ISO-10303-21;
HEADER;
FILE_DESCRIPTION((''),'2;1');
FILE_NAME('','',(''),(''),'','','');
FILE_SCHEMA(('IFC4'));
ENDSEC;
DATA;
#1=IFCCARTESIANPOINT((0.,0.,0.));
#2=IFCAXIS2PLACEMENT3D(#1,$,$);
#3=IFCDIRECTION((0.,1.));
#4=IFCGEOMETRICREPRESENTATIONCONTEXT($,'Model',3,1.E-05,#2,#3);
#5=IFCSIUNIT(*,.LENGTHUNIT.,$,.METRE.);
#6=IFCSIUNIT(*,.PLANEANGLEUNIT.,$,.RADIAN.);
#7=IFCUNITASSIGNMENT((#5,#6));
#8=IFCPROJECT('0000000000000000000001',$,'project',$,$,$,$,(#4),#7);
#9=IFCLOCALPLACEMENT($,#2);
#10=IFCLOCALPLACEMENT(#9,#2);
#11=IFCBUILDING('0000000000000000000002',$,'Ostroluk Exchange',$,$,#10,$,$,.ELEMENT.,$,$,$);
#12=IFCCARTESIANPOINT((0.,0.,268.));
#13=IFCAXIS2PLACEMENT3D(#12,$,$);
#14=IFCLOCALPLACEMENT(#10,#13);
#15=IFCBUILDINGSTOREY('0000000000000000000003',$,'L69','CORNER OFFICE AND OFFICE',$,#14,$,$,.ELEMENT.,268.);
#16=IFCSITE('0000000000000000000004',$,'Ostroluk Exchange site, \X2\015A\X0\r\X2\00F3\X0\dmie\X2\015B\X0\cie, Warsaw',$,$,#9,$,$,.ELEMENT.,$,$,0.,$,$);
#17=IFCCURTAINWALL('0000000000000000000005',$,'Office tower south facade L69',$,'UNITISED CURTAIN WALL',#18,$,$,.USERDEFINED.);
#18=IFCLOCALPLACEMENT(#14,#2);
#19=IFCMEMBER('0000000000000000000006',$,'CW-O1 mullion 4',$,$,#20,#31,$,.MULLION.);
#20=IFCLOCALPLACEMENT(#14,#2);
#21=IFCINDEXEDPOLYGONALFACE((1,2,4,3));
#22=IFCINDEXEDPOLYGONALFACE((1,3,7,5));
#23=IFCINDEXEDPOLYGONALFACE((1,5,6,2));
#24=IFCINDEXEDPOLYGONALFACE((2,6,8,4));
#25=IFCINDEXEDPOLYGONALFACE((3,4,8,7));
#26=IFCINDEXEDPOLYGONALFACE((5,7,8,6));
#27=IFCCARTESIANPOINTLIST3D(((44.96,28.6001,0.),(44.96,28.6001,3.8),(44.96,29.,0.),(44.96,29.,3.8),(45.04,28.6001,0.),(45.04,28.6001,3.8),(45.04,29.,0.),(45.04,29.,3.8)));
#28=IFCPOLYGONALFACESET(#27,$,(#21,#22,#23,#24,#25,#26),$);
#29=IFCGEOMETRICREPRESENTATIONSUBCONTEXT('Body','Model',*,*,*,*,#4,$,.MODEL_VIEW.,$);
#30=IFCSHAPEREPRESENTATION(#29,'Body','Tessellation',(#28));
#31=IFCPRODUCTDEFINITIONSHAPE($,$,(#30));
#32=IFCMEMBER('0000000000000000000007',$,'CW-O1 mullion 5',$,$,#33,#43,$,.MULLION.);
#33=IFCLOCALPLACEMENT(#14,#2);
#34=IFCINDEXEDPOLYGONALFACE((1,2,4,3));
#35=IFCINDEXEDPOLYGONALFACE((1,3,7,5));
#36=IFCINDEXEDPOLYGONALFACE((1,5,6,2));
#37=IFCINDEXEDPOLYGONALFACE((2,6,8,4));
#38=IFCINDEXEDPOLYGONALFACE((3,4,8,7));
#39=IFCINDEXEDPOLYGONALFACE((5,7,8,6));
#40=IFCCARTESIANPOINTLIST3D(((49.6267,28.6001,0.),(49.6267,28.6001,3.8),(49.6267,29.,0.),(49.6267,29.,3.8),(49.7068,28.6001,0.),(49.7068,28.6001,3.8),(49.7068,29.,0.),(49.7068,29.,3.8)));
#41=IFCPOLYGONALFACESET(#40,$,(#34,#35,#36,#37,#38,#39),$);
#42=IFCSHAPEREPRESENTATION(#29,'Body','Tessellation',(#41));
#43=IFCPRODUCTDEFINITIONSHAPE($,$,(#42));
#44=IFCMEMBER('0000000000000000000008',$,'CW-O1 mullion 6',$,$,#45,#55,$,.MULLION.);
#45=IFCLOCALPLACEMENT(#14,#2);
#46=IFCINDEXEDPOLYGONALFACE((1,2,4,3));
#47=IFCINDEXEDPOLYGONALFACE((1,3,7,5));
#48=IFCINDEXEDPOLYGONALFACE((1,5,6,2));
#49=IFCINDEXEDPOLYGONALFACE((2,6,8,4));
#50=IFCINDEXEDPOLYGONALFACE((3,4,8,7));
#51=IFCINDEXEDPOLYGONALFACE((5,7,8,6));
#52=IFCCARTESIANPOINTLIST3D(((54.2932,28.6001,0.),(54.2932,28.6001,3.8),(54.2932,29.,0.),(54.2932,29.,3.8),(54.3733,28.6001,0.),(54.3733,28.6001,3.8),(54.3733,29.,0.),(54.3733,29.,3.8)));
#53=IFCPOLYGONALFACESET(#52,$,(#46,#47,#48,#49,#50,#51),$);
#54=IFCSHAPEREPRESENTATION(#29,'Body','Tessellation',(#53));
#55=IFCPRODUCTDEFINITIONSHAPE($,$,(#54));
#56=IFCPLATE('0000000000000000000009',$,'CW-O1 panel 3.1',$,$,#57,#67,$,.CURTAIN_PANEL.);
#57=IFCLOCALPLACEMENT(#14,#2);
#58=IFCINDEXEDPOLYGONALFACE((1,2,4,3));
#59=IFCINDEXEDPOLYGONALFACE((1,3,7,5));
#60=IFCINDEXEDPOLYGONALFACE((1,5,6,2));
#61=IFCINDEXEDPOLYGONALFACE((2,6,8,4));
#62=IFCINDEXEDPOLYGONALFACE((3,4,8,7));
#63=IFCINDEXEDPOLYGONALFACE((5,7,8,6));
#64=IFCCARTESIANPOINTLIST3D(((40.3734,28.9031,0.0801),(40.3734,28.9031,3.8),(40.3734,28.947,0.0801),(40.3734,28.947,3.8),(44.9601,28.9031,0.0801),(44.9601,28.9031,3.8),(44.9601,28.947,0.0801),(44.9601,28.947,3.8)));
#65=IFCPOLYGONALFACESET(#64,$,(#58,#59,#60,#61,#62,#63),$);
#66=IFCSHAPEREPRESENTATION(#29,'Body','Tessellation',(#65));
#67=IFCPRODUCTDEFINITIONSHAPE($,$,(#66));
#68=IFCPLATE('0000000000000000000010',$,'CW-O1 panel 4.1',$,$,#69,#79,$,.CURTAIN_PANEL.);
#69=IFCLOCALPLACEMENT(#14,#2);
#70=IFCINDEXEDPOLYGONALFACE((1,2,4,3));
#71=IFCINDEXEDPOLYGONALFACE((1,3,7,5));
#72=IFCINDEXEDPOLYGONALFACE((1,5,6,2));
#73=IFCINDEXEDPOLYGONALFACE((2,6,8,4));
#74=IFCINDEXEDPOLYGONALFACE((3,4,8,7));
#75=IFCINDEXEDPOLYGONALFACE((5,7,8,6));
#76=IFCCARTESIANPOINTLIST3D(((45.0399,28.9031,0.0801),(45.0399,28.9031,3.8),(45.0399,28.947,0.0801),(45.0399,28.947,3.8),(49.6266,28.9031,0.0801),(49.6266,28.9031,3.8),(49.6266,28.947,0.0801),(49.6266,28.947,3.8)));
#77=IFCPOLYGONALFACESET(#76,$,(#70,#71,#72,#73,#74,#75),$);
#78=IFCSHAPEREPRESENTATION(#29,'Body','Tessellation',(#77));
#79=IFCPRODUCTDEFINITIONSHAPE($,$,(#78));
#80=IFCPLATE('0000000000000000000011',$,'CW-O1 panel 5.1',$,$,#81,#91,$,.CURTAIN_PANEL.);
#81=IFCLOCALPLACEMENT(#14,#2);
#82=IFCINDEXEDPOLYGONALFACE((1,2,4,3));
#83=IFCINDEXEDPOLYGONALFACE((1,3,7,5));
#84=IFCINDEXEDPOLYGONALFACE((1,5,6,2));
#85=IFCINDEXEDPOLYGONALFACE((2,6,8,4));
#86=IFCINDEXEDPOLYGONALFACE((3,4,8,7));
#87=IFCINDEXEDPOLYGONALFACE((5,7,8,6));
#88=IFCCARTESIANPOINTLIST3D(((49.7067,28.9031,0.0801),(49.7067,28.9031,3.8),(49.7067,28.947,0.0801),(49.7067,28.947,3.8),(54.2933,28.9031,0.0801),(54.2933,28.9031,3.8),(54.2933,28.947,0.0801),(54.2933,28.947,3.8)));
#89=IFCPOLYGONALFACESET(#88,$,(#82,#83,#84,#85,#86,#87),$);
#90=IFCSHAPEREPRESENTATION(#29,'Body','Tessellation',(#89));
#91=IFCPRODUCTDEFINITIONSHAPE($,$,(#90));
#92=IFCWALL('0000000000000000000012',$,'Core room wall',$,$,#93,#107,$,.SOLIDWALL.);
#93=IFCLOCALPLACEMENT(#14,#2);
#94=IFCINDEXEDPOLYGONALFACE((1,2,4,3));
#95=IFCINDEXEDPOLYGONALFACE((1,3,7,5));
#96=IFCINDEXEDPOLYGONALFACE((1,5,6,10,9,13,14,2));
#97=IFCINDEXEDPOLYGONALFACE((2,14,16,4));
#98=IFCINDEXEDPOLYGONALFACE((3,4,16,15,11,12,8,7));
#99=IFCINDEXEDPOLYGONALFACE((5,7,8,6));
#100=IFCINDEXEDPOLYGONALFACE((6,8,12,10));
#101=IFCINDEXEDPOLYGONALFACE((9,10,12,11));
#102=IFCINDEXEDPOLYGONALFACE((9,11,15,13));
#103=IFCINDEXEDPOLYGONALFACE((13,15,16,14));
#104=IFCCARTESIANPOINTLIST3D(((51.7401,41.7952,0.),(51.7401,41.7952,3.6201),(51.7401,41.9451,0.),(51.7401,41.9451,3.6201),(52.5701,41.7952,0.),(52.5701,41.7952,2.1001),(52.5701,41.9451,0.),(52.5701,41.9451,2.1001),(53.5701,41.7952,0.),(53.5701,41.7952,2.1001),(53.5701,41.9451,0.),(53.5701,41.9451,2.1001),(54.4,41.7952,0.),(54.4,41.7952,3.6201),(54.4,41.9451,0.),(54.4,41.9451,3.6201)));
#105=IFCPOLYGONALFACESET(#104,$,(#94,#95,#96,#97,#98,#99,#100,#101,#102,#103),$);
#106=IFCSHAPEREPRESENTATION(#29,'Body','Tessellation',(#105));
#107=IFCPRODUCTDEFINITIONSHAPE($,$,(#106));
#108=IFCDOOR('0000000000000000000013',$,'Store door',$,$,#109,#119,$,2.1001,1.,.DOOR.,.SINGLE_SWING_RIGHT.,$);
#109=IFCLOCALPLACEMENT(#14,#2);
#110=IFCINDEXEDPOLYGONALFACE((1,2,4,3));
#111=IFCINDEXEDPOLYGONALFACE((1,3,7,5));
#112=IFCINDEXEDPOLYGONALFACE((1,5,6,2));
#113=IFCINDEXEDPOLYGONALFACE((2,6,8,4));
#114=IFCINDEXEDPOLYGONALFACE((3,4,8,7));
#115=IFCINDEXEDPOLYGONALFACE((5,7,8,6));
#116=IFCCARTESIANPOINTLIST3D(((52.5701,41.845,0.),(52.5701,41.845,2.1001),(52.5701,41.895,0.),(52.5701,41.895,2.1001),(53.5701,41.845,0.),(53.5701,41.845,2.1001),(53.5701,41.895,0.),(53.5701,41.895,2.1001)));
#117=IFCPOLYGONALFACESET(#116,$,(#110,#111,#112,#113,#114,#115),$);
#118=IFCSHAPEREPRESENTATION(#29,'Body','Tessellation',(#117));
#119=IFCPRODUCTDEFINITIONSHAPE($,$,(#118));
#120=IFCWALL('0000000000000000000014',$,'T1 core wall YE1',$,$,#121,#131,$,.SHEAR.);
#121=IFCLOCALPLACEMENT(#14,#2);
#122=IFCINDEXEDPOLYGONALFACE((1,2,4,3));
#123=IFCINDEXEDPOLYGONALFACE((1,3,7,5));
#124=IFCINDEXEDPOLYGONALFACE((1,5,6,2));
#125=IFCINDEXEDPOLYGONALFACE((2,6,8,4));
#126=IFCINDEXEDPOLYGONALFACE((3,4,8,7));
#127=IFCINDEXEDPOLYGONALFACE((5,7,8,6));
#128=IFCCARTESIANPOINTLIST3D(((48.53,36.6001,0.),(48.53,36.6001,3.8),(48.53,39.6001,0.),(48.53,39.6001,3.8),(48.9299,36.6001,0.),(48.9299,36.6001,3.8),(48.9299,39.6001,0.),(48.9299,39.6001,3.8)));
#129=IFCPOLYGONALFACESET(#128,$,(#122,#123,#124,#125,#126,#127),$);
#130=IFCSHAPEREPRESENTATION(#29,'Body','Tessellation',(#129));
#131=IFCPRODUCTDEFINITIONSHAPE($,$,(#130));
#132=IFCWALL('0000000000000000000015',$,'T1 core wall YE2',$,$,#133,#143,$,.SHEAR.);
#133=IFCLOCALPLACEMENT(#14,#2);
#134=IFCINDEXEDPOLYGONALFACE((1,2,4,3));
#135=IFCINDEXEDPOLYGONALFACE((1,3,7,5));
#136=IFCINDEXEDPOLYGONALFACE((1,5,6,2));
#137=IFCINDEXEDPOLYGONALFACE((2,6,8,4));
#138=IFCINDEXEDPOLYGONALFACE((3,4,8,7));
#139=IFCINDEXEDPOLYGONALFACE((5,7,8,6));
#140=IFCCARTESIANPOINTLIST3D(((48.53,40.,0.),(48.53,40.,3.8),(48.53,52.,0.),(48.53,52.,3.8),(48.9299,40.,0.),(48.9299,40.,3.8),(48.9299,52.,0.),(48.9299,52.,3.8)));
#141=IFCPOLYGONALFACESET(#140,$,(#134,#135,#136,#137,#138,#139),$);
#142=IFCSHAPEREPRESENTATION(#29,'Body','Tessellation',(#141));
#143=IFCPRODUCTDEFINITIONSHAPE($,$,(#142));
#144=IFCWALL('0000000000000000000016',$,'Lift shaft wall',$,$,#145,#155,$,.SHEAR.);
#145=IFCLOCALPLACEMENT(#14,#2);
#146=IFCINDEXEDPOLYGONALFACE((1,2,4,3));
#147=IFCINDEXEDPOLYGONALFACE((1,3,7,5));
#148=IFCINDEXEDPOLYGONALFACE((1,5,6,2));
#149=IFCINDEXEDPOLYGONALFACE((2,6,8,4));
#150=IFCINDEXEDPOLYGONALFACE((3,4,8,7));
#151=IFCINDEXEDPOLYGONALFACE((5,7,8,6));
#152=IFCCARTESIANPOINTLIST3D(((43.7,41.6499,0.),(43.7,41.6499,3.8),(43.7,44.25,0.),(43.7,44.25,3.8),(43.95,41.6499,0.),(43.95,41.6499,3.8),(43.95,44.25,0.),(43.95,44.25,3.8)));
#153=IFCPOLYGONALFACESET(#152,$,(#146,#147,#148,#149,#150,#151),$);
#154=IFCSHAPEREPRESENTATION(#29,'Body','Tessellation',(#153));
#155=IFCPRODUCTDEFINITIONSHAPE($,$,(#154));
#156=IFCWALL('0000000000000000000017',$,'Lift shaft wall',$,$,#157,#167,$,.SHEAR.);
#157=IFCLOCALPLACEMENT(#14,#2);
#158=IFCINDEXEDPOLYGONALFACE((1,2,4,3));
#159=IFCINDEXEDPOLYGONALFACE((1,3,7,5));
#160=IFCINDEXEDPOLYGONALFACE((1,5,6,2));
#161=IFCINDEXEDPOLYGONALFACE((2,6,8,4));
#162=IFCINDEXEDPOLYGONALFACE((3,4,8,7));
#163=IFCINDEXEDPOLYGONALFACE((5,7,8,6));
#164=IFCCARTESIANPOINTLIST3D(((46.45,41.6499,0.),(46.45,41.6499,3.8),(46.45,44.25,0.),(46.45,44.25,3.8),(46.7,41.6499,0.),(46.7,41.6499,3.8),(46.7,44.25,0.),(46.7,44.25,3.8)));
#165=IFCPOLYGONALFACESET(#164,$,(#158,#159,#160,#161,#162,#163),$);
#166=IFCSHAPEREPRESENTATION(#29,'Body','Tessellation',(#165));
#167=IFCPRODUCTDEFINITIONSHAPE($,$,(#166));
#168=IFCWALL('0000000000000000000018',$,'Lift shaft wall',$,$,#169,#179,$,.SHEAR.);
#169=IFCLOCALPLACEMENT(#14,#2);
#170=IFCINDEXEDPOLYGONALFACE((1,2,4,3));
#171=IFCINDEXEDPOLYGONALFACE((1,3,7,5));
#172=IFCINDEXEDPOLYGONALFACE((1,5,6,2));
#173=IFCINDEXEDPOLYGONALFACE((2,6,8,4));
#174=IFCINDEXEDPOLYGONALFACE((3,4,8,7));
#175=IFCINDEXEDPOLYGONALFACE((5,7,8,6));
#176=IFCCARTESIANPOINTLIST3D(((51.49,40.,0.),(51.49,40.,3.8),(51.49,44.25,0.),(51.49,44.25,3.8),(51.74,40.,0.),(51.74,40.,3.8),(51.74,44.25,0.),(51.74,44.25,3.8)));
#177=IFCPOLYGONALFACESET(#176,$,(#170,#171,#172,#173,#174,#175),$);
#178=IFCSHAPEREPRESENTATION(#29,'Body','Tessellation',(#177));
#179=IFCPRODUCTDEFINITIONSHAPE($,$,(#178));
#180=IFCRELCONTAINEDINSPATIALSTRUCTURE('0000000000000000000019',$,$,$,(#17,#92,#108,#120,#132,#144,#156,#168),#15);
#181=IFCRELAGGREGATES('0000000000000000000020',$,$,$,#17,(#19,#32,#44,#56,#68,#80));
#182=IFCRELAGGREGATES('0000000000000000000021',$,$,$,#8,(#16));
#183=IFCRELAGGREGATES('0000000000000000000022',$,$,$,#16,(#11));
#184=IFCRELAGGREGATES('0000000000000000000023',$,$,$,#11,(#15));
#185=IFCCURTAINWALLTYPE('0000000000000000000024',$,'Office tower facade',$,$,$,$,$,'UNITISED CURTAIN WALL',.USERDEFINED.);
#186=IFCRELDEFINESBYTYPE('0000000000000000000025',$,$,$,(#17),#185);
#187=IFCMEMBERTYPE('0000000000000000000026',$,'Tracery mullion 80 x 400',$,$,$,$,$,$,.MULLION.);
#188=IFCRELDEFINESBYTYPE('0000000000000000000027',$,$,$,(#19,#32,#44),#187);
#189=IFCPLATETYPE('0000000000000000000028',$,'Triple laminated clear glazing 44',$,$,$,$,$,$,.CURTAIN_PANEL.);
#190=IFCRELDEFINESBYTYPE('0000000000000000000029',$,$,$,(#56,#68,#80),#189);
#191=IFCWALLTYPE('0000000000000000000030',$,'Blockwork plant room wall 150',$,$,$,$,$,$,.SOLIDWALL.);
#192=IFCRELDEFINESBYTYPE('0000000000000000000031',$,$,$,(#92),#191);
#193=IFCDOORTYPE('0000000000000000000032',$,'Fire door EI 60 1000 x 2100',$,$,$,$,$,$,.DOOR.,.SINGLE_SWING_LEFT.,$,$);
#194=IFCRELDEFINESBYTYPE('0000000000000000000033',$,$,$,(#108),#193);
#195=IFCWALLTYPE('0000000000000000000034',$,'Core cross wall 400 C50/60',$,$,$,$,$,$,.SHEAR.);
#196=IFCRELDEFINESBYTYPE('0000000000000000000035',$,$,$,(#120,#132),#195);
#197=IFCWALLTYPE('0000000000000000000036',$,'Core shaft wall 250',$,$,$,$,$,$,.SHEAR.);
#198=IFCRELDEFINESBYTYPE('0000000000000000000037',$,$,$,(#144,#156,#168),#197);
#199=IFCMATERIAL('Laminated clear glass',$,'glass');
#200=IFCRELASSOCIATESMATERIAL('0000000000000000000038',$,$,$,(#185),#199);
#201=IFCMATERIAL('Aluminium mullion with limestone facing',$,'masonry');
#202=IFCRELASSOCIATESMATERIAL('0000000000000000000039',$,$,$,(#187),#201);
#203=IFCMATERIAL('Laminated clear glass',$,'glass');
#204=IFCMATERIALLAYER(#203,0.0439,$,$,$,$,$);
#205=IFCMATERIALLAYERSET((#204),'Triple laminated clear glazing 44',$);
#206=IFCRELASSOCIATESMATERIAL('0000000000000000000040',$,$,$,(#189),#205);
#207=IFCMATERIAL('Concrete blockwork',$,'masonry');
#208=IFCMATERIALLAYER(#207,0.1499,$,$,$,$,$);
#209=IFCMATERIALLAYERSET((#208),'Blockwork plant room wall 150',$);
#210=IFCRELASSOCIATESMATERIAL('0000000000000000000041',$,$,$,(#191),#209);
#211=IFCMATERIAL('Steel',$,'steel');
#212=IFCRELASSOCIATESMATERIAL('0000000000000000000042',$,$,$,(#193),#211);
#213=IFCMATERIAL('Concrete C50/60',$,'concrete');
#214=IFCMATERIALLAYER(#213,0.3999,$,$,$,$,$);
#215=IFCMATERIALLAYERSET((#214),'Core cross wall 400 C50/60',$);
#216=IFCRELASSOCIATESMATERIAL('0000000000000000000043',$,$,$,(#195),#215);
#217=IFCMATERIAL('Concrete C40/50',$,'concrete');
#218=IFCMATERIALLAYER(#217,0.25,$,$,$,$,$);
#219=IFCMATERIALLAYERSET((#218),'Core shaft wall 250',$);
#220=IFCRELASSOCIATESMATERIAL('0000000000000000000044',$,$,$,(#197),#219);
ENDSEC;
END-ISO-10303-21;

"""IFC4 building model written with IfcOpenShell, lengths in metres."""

from ifc_helpers import new_model, si_unit, direction, frame, frame_2d, origin, origin_2d, place, context, subcontext, project, spatial, rectangle, extrude, material, layer, layer_set, material_profile, profile_set, type_object, element, fill, aggregate, save


model = new_model("IFC4")

# Units and contexts
model_context = context("Model", 3, precision=1e-05, world=origin(), true_north=direction((0.0, 1.0)))
body_context = subcontext(model_context, "Body", "Model", "MODEL_VIEW")
ifc_project = project(units=[si_unit("LENGTHUNIT", "METRE"), si_unit("PLANEANGLEUNIT", "RADIAN")], contexts=[model_context])

# Site, building, storey
site_placement = place(None, origin())
site = spatial("IfcSite", under=ifc_project, at=site_placement, Name="Ostroluk Exchange site, Śródmieście, Warsaw", CompositionType="ELEMENT", RefElevation=0.0)
building_placement = place(site_placement, origin())
building = spatial("IfcBuilding", under=site, at=building_placement, Name="Ostroluk Exchange", CompositionType="ELEMENT")
storey_placement = place(building_placement, frame((0.0, 0.0, 268.0)))
storey = spatial("IfcBuildingStorey", under=building, at=storey_placement, Name="L69", Description="CORNER OFFICE AND OFFICE", CompositionType="ELEMENT", Elevation=268.0)

# Curtain wall, members, plates
ifc_material_1 = material(Name="Laminated clear glass", Category="glass")
curtain_wall_type = type_object("IfcCurtainWallType", Name="Office tower facade", ElementType="UNITISED CURTAIN WALL", PredefinedType="USERDEFINED", material=ifc_material_1)
curtain_wall_placement = place(storey_placement, origin())
curtain_wall = element("IfcCurtainWall", 1, at=curtain_wall_placement, inside=storey, type_object=curtain_wall_type, Name="Office tower south facade L69", ObjectType="UNITISED CURTAIN WALL", PredefinedType="USERDEFINED")
ifc_material_2 = material(Name="Aluminium mullion with limestone facing", Category="masonry")
ifc_material_profile_1 = material_profile(ifc_material_2, rectangle(XDim=0.3999, YDim=0.0801, at=origin_2d()), Name="Tracery mullion 80 x 400")
ifc_profile_set_1 = profile_set([ifc_material_profile_1], Name="Aluminium mullion with limestone facing")
member_type_1 = type_object("IfcMemberType", Name="Tracery mullion 80 x 400", PredefinedType="MULLION", material=ifc_profile_set_1)
member_1_placement = place(storey_placement, frame((45.0, 28.8, 0.0), z_axis=(0.0, 0.0, 1.0), x_axis=(0.0, 1.0, 0.0)))
member_1 = element("IfcMember", 2, at=member_1_placement, type_object=member_type_1, Name="CW-O1 mullion 4", PredefinedType="MULLION", context=body_context, shape_type="SweptSolid", body=[
    extrude(rectangle(XDim=0.3999, YDim=0.0801, at=origin_2d()), origin(), (0.0, 0.0, 1.0), 3.8),
])
member_2_placement = place(storey_placement, frame((49.6667, 28.8, 0.0), z_axis=(0.0, 0.0, 1.0), x_axis=(0.0, 1.0, 0.0)))
member_2 = element("IfcMember", 3, at=member_2_placement, type_object=member_type_1, Name="CW-O1 mullion 5", PredefinedType="MULLION", context=body_context, shape_type="SweptSolid", body=[
    extrude(rectangle(XDim=0.3999, YDim=0.0801, at=origin_2d()), origin(), (0.0, 0.0, 1.0), 3.8),
])
member_3_placement = place(storey_placement, frame((54.3333, 28.8, 0.0), z_axis=(0.0, 0.0, 1.0), x_axis=(0.0, 1.0, 0.0)))
member_3 = element("IfcMember", 4, at=member_3_placement, type_object=member_type_1, Name="CW-O1 mullion 6", PredefinedType="MULLION", context=body_context, shape_type="SweptSolid", body=[
    extrude(rectangle(XDim=0.3999, YDim=0.0801, at=origin_2d()), origin(), (0.0, 0.0, 1.0), 3.8),
])
ifc_material_3 = material(Name="Laminated clear glass", Category="glass")
ifc_layer_1 = layer(ifc_material_3, 0.0439)
ifc_layer_set_1 = layer_set([ifc_layer_1], Name="Triple laminated clear glazing 44")
plate_type = type_object("IfcPlateType", Name="Triple laminated clear glazing 44", PredefinedType="CURTAIN_PANEL", material=ifc_layer_set_1)
plate_1_placement = place(storey_placement, frame((42.6667, 28.925, 0.0801), z_axis=(0.0, 0.0, 1.0), x_axis=(1.0, 0.0, 0.0)))
plate_1 = element("IfcPlate", 5, at=plate_1_placement, type_object=plate_type, Name="CW-O1 panel 3.1", PredefinedType="CURTAIN_PANEL", context=body_context, shape_type="SweptSolid", body=[
    extrude(rectangle(XDim=4.5867, YDim=0.0439, at=origin_2d()), origin(), (0.0, 0.0, 1.0), 3.72),
])
plate_2_placement = place(storey_placement, frame((47.3333, 28.925, 0.0801), z_axis=(0.0, 0.0, 1.0), x_axis=(1.0, 0.0, 0.0)))
plate_2 = element("IfcPlate", 6, at=plate_2_placement, type_object=plate_type, Name="CW-O1 panel 4.1", PredefinedType="CURTAIN_PANEL", context=body_context, shape_type="SweptSolid", body=[
    extrude(rectangle(XDim=4.5867, YDim=0.0439, at=origin_2d()), origin(), (0.0, 0.0, 1.0), 3.72),
])
plate_3_placement = place(storey_placement, frame((52.0, 28.925, 0.0801), z_axis=(0.0, 0.0, 1.0), x_axis=(1.0, 0.0, 0.0)))
plate_3 = element("IfcPlate", 7, at=plate_3_placement, type_object=plate_type, Name="CW-O1 panel 5.1", PredefinedType="CURTAIN_PANEL", context=body_context, shape_type="SweptSolid", body=[
    extrude(rectangle(XDim=4.5867, YDim=0.0439, at=origin_2d()), origin(), (0.0, 0.0, 1.0), 3.72),
])
aggregate(curtain_wall, [member_1, member_2, member_3, plate_1, plate_2, plate_3])

# Wall, opening, door
ifc_material_4 = material(Name="Concrete blockwork", Category="masonry")
ifc_layer_2 = layer(ifc_material_4, 0.1499)
ifc_layer_set_2 = layer_set([ifc_layer_2], Name="Blockwork plant room wall 150")
wall_type_1 = type_object("IfcWallType", Name="Blockwork plant room wall 150", PredefinedType="SOLIDWALL", material=ifc_layer_set_2)
wall_1_placement = place(storey_placement, frame((51.74, 41.8701, 0.0), z_axis=(0.0, 0.0, 1.0), x_axis=(1.0, 0.0, 0.0)))
wall_1 = element("IfcWall", 8, at=wall_1_placement, inside=storey, type_object=wall_type_1, Name="Core room wall", PredefinedType="SOLIDWALL", context=body_context, shape_type="SweptSolid", body=[
    extrude(rectangle(XDim=2.6599, YDim=0.1499, at=frame_2d((1.3301, 0.0))), origin(), (0.0, 0.0, 1.0), 3.6201),
])
opening_1_placement = place(wall_1_placement, frame((0.8301, 0.0, 0.0)))
opening_1 = element("IfcOpeningElement", 9, at=opening_1_placement, cuts=wall_1, PredefinedType="OPENING", context=body_context, shape_type="SweptSolid", body=[
    extrude(rectangle(XDim=1.0, YDim=2.1001, at=frame_2d((0.5, 1.05))), frame((0.0, 0.085, 0.0), z_axis=(0.0, -1.0, 0.0), x_axis=(1.0, 0.0, 0.0)), (0.0, 0.0, 1.0), 0.1699),
])
ifc_material_5 = material(Name="Steel", Category="steel")
door_type_1 = type_object("IfcDoorType", Name="Fire door EI 60 1000 x 2100", OperationType="SINGLE_SWING_LEFT", PredefinedType="DOOR", material=ifc_material_5)
door_1_placement = place(opening_1_placement, origin())
door_1 = element("IfcDoor", 10, at=door_1_placement, inside=storey, type_object=door_type_1, Name="Store door", OperationType="SINGLE_SWING_RIGHT", OverallHeight=2.1001, OverallWidth=1.0, PredefinedType="DOOR", context=body_context, shape_type="SweptSolid", body=[
    extrude(rectangle(XDim=1.0, YDim=2.1001, at=frame_2d((0.5, 1.05))), frame((0.0, 0.0249, 0.0), z_axis=(0.0, -1.0, 0.0), x_axis=(1.0, 0.0, 0.0)), (0.0, 0.0, 1.0), 0.05),
])
fill(opening_1, door_1)

# Walls
ifc_material_6 = material(Name="Concrete C50/60", Category="concrete")
ifc_layer_3 = layer(ifc_material_6, 0.3999)
ifc_layer_set_3 = layer_set([ifc_layer_3], Name="Core cross wall 400 C50/60")
wall_type_2 = type_object("IfcWallType", Name="Core cross wall 400 C50/60", PredefinedType="SHEAR", material=ifc_layer_set_3)
wall_2_placement = place(storey_placement, frame((48.73, 36.6001, 0.0), z_axis=(0.0, 0.0, 1.0), x_axis=(0.0, 1.0, 0.0)))
element("IfcWall", 11, at=wall_2_placement, inside=storey, type_object=wall_type_2, Name="T1 core wall YE1", PredefinedType="SHEAR", context=body_context, shape_type="SweptSolid", body=[
    extrude(rectangle(XDim=3.0, YDim=0.3999, at=frame_2d((1.5, 0.0))), origin(), (0.0, 0.0, 1.0), 3.8),
])
wall_3_placement = place(storey_placement, frame((48.73, 40.0, 0.0), z_axis=(0.0, 0.0, 1.0), x_axis=(0.0, 1.0, 0.0)))
element("IfcWall", 12, at=wall_3_placement, inside=storey, type_object=wall_type_2, Name="T1 core wall YE2", PredefinedType="SHEAR", context=body_context, shape_type="SweptSolid", body=[
    extrude(rectangle(XDim=12.0, YDim=0.3999, at=frame_2d((6.0, 0.0))), origin(), (0.0, 0.0, 1.0), 3.8),
])

# Shared definitions
ifc_material_7 = material(Name="Concrete C40/50", Category="concrete")
ifc_layer_4 = layer(ifc_material_7, 0.25)
ifc_layer_set_4 = layer_set([ifc_layer_4], Name="Core shaft wall 250")
wall_type_3 = type_object("IfcWallType", Name="Core shaft wall 250", PredefinedType="SHEAR", material=ifc_layer_set_4)

# Walls
for number, where, z_axis, x_axis, name in (
    (13, (43.825, 44.25, 0.0), (0.0, 0.0, 1.0), (0.0, -1.0, 0.0), "Lift shaft wall"),
    (14, (46.575, 44.25, 0.0), (0.0, 0.0, 1.0), (0.0, -1.0, 0.0), "Lift shaft wall"),
):
    element("IfcWall", number, at=place(storey_placement, frame(where, z_axis=z_axis, x_axis=x_axis)), inside=storey, type_object=wall_type_3, Name=name, PredefinedType="SHEAR", context=body_context, shape_type="SweptSolid", body=[
        extrude(rectangle(XDim=2.6001, YDim=0.25, at=frame_2d((1.3, 0.0))), origin(), (0.0, 0.0, 1.0), 3.8),
    ])
wall_4_placement = place(storey_placement, frame((51.615, 44.25, 0.0), z_axis=(0.0, 0.0, 1.0), x_axis=(0.0, -1.0, 0.0)))
element("IfcWall", 15, at=wall_4_placement, inside=storey, type_object=wall_type_3, Name="Lift shaft wall", PredefinedType="SHEAR", context=body_context, shape_type="SweptSolid", body=[
    extrude(rectangle(XDim=4.25, YDim=0.25, at=frame_2d((2.125, 0.0))), origin(), (0.0, 0.0, 1.0), 3.8),
])

save(model, "model.ifc")
